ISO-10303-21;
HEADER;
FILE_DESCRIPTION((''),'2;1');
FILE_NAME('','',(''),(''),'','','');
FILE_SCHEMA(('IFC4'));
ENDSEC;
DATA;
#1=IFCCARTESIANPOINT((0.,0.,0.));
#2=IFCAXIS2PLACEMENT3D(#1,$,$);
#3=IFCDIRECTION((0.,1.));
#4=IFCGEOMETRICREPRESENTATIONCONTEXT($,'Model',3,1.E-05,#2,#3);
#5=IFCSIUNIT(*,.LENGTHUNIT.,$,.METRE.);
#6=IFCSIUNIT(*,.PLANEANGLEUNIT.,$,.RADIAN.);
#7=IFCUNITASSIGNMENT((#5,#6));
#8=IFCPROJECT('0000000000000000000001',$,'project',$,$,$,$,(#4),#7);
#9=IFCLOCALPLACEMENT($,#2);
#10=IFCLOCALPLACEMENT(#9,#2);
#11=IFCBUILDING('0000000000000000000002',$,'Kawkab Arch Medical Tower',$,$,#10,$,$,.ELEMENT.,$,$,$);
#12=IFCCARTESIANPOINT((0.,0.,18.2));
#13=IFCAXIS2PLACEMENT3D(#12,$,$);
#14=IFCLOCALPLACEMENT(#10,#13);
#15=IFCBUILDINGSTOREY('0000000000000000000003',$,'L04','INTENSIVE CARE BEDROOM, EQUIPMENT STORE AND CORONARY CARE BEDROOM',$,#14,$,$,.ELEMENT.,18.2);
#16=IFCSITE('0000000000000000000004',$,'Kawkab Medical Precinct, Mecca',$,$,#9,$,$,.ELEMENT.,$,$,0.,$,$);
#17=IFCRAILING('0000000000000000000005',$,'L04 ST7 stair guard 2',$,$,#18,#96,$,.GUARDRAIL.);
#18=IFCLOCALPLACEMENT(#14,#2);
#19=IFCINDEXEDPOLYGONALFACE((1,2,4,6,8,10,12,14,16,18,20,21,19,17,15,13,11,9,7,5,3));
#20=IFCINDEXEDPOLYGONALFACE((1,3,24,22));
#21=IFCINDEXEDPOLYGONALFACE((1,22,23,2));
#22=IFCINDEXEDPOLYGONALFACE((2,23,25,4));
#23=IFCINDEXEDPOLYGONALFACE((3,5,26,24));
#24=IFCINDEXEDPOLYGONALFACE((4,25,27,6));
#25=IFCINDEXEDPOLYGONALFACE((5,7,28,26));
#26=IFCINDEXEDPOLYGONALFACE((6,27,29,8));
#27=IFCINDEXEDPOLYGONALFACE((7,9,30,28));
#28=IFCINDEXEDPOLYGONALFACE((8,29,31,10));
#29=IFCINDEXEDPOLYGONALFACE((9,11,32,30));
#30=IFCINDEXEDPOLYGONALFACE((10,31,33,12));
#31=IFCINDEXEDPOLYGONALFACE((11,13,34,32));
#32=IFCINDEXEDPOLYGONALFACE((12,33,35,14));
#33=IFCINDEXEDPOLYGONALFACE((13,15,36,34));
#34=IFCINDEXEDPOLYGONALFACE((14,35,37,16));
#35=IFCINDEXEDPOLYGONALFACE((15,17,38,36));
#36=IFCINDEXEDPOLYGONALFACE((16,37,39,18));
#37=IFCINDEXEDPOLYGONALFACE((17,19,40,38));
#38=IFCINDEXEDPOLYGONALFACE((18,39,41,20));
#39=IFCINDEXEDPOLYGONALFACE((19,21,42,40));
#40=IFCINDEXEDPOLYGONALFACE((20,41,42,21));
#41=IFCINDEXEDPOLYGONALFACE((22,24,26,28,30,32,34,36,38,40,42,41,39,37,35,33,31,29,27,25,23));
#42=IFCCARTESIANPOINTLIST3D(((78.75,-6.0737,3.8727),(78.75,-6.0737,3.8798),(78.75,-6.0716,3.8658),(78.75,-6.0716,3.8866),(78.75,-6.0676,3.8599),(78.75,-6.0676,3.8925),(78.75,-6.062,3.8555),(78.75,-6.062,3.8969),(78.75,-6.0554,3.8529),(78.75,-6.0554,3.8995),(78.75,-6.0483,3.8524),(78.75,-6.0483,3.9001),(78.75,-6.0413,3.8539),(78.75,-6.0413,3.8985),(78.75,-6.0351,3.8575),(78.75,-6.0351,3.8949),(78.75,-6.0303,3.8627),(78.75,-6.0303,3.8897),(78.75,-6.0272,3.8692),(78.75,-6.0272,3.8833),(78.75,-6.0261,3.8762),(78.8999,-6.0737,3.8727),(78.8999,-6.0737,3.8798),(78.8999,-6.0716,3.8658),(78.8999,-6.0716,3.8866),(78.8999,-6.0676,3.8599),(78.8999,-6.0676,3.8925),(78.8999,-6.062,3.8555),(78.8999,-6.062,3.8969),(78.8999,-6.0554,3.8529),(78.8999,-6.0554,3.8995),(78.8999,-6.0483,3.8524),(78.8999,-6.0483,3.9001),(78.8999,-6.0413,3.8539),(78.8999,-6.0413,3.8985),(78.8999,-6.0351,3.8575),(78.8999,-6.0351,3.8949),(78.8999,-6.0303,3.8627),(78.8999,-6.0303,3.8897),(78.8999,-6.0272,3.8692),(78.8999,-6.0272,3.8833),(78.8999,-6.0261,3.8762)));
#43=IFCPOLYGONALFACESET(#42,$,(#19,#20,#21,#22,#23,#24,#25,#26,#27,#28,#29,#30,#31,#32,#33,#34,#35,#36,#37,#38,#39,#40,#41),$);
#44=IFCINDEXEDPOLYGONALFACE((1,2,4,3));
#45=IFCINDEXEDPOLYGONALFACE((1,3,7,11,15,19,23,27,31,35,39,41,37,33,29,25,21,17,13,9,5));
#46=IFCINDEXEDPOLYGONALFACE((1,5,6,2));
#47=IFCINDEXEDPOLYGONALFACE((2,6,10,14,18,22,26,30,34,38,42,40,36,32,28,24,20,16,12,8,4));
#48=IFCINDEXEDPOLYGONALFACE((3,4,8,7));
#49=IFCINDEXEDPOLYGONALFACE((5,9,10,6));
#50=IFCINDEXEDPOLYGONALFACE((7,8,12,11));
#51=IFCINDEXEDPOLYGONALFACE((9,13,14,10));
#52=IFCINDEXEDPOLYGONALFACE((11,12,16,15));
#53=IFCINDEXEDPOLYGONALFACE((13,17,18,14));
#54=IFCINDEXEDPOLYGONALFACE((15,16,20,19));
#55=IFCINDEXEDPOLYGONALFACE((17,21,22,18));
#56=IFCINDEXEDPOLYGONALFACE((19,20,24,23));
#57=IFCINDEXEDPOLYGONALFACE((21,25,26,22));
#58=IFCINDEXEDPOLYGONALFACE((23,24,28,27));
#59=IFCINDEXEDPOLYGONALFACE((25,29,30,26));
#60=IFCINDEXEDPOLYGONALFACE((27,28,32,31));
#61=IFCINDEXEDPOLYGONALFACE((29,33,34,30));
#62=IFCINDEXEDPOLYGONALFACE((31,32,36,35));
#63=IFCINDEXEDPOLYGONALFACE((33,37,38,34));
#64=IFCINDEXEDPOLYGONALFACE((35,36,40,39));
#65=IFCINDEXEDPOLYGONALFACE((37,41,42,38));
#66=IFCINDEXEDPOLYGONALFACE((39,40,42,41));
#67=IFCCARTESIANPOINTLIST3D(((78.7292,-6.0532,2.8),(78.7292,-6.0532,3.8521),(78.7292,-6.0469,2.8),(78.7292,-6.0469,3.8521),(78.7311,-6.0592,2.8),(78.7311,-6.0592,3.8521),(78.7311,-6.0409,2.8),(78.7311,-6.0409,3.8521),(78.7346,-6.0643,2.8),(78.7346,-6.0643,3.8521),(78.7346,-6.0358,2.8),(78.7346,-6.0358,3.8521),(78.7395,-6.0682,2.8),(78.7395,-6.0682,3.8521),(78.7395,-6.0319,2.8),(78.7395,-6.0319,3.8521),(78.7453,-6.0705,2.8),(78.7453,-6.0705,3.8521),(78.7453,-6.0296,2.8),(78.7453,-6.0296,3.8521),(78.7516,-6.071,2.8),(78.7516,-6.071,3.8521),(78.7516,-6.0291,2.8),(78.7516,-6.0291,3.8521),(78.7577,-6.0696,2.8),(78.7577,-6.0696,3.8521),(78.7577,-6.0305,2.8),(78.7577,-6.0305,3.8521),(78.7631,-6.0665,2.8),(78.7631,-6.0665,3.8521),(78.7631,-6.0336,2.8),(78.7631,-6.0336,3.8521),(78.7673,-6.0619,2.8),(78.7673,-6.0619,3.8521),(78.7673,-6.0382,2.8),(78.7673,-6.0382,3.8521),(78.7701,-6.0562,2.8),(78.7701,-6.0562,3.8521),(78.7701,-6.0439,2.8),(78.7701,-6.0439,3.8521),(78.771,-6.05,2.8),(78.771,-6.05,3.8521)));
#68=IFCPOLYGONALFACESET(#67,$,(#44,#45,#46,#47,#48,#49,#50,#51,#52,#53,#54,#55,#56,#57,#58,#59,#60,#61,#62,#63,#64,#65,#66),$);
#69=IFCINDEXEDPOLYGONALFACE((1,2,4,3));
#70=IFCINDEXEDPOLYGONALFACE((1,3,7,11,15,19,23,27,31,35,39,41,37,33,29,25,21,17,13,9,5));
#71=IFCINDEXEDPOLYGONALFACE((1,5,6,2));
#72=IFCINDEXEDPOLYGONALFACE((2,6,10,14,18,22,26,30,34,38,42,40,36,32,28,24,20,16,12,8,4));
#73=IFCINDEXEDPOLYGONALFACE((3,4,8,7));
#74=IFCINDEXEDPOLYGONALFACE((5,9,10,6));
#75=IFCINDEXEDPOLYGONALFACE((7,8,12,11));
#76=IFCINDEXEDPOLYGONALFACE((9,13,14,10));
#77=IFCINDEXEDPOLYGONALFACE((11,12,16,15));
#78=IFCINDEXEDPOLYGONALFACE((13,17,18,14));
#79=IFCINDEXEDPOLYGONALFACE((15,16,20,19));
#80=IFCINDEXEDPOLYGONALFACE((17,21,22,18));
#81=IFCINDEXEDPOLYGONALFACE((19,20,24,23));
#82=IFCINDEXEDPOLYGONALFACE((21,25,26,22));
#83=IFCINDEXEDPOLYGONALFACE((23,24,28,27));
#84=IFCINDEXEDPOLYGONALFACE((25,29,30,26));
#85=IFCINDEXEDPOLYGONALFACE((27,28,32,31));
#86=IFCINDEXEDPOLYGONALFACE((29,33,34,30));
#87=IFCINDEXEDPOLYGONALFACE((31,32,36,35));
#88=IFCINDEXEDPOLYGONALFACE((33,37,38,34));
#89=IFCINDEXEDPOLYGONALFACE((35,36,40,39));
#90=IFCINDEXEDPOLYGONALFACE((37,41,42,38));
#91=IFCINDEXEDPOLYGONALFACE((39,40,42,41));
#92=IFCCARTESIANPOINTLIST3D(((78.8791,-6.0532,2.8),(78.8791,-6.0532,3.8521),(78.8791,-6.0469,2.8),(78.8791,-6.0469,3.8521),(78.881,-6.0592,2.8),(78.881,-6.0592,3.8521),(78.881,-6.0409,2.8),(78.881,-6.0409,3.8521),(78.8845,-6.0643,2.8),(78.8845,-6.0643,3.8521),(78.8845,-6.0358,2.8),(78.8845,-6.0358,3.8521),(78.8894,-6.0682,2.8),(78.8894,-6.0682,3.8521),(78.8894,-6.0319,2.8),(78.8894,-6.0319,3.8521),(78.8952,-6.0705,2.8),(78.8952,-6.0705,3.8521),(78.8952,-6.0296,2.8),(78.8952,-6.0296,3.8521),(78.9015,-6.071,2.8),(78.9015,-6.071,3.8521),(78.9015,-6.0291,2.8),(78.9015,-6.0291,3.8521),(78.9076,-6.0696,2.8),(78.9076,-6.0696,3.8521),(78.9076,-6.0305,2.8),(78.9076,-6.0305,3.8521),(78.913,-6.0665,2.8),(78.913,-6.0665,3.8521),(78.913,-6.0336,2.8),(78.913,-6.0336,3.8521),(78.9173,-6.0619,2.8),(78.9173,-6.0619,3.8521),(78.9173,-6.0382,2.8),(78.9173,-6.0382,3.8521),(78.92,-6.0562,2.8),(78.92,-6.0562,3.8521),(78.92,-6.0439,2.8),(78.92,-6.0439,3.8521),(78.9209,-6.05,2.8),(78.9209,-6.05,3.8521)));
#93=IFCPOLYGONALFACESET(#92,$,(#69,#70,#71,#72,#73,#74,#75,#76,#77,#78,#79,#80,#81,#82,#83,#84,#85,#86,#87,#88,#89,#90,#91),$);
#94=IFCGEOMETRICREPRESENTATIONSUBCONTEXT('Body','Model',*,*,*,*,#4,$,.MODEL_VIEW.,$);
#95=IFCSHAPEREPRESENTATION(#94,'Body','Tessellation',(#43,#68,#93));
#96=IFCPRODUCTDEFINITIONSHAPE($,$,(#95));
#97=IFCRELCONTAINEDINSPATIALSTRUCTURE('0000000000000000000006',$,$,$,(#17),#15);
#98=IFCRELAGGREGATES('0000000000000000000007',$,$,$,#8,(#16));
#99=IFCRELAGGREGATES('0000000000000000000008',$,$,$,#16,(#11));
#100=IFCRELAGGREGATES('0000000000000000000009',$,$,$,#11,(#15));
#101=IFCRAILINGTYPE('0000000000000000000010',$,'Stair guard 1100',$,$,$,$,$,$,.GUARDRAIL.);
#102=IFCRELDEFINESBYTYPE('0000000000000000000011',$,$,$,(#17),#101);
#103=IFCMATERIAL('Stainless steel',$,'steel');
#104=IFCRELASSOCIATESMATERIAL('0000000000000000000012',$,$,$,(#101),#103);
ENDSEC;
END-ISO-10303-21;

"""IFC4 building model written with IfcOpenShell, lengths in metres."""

from ifc_helpers import new_model, si_unit, direction, frame, origin, origin_2d, place, context, subcontext, project, spatial, circle, extrude, material, type_object, element, save


model = new_model("IFC4")

# Units and contexts
model_context = context("Model", 3, precision=1e-05, world=origin(), true_north=direction((0.0, 1.0)))
body_context = subcontext(model_context, "Body", "Model", "MODEL_VIEW")
ifc_project = project(units=[si_unit("LENGTHUNIT", "METRE"), si_unit("PLANEANGLEUNIT", "RADIAN")], contexts=[model_context])

# Site, building, storey
site_placement = place(None, origin())
site = spatial("IfcSite", under=ifc_project, at=site_placement, Name="Kawkab Medical Precinct, Mecca", CompositionType="ELEMENT", RefElevation=0.0)
building_placement = place(site_placement, origin())
building = spatial("IfcBuilding", under=site, at=building_placement, Name="Kawkab Arch Medical Tower", CompositionType="ELEMENT")
storey_placement = place(building_placement, frame((0.0, 0.0, 18.2)))
storey = spatial("IfcBuildingStorey", under=building, at=storey_placement, Name="L04", Description="INTENSIVE CARE BEDROOM, EQUIPMENT STORE AND CORONARY CARE BEDROOM", CompositionType="ELEMENT", Elevation=18.2)

# Railing
ifc_material_1 = material(Name="Stainless steel", Category="steel")
railing_type = type_object("IfcRailingType", Name="Stair guard 1100", PredefinedType="GUARDRAIL", material=ifc_material_1)
railing_1_placement = place(storey_placement, frame((78.75, -6.05, 2.8)))
element("IfcRailing", 1, at=railing_1_placement, inside=storey, type_object=railing_type, Name="L04 ST7 stair guard 2", PredefinedType="GUARDRAIL", context=body_context, shape_type="SweptSolid", body=[
    extrude(circle(Radius=0.0239, at=origin_2d()), frame((0.0, 0.0, 1.0762), z_axis=(1.0, 0.0, 0.0), x_axis=(0.0, 1.0, 0.0)), (0.0, 0.0, 1.0), 0.1499),
    extrude(circle(Radius=0.021, at=origin_2d()), origin(), (0.0, 0.0, 1.0), 1.052),
    extrude(circle(Radius=0.021, at=origin_2d()), frame((0.1499, 0.0, 0.0)), (0.0, 0.0, 1.0), 1.052),
])

save(model, "model.ifc")
